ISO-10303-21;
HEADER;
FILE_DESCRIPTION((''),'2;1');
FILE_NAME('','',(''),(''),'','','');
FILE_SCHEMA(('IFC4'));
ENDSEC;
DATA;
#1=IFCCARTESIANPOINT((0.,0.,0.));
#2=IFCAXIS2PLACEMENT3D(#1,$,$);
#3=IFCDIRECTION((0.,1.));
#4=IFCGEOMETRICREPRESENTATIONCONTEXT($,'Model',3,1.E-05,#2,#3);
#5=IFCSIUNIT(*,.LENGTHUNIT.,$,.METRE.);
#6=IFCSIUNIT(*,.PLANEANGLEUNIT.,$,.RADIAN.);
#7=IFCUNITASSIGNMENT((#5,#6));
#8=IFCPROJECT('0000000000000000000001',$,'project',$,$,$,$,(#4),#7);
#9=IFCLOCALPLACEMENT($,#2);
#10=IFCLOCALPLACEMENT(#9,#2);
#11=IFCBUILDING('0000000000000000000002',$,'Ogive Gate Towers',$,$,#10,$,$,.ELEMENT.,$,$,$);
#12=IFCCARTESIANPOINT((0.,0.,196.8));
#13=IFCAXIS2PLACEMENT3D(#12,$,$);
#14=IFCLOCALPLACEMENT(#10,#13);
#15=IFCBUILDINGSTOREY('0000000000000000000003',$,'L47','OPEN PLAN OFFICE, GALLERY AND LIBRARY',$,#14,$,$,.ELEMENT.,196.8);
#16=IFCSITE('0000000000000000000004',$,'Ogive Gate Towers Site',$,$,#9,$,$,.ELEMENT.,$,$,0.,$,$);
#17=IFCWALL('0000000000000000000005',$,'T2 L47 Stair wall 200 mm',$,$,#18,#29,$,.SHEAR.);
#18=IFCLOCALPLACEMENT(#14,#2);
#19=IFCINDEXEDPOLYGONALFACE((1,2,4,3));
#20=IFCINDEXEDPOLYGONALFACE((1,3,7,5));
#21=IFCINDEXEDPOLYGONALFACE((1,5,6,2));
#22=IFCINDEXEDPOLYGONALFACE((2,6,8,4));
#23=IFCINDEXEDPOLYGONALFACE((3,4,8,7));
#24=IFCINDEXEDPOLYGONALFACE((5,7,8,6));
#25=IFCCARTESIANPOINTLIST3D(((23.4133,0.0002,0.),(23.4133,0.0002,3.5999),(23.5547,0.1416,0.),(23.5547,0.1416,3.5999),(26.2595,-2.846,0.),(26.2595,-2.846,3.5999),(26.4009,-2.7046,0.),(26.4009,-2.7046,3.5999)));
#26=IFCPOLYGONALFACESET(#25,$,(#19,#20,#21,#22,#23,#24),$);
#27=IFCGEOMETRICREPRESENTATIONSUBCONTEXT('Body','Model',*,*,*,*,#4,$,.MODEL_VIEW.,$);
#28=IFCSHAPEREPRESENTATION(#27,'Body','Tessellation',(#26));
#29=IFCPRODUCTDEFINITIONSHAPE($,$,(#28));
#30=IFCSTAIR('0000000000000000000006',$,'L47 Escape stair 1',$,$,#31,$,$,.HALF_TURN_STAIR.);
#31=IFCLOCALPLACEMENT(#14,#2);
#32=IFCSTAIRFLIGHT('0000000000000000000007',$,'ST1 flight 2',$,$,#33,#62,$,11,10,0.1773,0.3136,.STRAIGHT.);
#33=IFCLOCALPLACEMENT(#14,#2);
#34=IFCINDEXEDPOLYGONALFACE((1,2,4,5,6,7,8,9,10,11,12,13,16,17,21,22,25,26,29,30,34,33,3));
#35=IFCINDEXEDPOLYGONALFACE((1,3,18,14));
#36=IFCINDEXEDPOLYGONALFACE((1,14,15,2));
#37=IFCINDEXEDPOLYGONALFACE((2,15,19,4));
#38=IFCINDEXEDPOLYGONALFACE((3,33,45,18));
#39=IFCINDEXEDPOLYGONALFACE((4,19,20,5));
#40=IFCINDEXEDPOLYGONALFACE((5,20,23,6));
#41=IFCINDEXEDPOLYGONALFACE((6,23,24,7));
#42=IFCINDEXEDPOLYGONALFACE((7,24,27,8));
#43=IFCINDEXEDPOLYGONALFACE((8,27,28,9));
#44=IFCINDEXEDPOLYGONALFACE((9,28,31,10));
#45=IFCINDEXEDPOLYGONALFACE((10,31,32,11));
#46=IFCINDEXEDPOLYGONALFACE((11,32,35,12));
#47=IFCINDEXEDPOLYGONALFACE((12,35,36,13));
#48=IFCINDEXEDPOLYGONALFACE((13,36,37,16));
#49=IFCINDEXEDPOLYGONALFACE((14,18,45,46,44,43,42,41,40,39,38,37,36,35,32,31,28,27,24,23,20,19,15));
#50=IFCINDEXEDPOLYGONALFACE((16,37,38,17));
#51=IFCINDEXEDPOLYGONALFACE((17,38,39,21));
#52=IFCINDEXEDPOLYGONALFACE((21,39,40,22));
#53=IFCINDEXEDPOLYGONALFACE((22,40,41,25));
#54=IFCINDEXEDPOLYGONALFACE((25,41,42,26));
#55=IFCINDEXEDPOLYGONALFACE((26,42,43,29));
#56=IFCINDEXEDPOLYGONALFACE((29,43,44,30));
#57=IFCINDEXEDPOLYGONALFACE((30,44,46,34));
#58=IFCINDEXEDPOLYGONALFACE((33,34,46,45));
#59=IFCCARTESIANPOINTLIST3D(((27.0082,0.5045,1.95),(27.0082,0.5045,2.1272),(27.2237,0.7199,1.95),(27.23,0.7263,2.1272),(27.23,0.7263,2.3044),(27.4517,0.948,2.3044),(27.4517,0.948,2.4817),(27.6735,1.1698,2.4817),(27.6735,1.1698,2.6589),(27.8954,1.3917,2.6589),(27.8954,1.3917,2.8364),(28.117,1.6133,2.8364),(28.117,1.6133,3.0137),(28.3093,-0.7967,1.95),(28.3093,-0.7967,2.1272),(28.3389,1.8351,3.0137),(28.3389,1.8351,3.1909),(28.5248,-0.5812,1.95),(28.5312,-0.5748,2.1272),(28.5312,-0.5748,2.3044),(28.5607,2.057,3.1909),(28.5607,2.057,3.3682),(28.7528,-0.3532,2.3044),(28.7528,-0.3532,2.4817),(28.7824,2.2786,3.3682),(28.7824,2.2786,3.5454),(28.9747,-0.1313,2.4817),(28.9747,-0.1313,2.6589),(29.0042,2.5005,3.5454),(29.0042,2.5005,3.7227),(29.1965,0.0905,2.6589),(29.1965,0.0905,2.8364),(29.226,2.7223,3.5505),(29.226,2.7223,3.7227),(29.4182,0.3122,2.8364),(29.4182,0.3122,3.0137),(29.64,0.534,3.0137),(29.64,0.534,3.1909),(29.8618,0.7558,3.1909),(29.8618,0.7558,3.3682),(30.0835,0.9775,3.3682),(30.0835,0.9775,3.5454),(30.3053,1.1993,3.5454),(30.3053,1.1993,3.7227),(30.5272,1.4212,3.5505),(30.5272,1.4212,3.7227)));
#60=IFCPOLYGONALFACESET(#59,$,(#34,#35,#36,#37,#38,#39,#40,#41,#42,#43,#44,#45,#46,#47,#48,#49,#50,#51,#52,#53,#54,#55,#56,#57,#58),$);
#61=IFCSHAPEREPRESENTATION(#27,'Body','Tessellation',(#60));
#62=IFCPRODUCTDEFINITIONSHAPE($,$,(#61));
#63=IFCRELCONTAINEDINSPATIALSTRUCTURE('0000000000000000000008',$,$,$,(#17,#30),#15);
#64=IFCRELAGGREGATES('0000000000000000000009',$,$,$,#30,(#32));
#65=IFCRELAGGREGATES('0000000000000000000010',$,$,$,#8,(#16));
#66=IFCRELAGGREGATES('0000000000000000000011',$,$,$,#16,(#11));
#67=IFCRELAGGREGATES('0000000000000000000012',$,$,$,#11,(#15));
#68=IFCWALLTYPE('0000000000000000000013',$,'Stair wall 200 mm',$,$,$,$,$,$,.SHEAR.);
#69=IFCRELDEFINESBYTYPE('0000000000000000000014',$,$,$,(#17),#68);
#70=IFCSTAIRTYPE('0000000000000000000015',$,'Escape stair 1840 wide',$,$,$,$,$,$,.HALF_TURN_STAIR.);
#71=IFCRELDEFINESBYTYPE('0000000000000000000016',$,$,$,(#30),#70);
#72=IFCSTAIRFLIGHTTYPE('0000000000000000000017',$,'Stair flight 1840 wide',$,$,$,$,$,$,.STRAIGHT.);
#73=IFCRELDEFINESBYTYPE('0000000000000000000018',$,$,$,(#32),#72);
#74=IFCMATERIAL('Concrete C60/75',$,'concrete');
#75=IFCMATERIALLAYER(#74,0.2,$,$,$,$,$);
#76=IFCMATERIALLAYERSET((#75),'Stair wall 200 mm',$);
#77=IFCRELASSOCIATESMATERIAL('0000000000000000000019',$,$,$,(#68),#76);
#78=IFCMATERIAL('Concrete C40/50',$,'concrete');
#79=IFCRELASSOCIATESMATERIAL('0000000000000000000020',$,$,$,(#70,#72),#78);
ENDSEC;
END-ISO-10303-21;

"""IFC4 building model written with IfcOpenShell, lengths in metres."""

from ifc_helpers import new_model, si_unit, direction, frame, frame_2d, origin, place, context, subcontext, project, spatial, polyline, rectangle, outline, extrude, material, layer, layer_set, type_object, element, aggregate, save


model = new_model("IFC4")

# Units and contexts
model_context = context("Model", 3, precision=1e-05, world=origin(), true_north=direction((0.0, 1.0)))
body_context = subcontext(model_context, "Body", "Model", "MODEL_VIEW")
ifc_project = project(units=[si_unit("LENGTHUNIT", "METRE"), si_unit("PLANEANGLEUNIT", "RADIAN")], contexts=[model_context])

# Site, building, storey
site_placement = place(None, origin())
site = spatial("IfcSite", under=ifc_project, at=site_placement, Name="Ogive Gate Towers Site", CompositionType="ELEMENT", RefElevation=0.0)
building_placement = place(site_placement, origin())
building = spatial("IfcBuilding", under=site, at=building_placement, Name="Ogive Gate Towers", CompositionType="ELEMENT")
storey_placement = place(building_placement, frame((0.0, 0.0, 196.8)))
storey = spatial("IfcBuildingStorey", under=building, at=storey_placement, Name="L47", Description="OPEN PLAN OFFICE, GALLERY AND LIBRARY", CompositionType="ELEMENT", Elevation=196.8)

# Shared definitions
ifc_material_1 = material(Name="Concrete C60/75", Category="concrete")

# Wall
ifc_layer_1 = layer(ifc_material_1, 0.2)
ifc_layer_set_1 = layer_set([ifc_layer_1], Name="Stair wall 200 mm")
wall_type_1 = type_object("IfcWallType", Name="Stair wall 200 mm", PredefinedType="SHEAR", material=ifc_layer_set_1)
wall_1_placement = place(storey_placement, frame((26.3303, -2.7754, 0.0), z_axis=(0.0, 0.0, 1.0), x_axis=(-0.707107, 0.707107, 0.0)))
element("IfcWall", 1, at=wall_1_placement, inside=storey, type_object=wall_type_1, Name="T2 L47 Stair wall 200 mm", PredefinedType="SHEAR", context=body_context, shape_type="SweptSolid", body=[
    extrude(rectangle(XDim=4.0251, YDim=0.2, at=frame_2d((2.0127, 0.0))), origin(), (0.0, 0.0, 1.0), 3.5999),
])

# Stair, stair flight
ifc_material_2 = material(Name="Concrete C40/50", Category="concrete")
stair_type = type_object("IfcStairType", Name="Escape stair 1840 wide", PredefinedType="HALF_TURN_STAIR", material=ifc_material_2)
stair_placement = place(storey_placement, origin())
stair = element("IfcStair", 2, at=stair_placement, inside=storey, type_object=stair_type, Name="L47 Escape stair 1", PredefinedType="HALF_TURN_STAIR")
stair_flight_type = type_object("IfcStairFlightType", Name="Stair flight 1840 wide", PredefinedType="STRAIGHT", material=ifc_material_2)
stair_flight_placement = place(storey_placement, frame((27.6587, -0.146, 1.95), z_axis=(0.0, 0.0, 1.0), x_axis=(0.707107, 0.707107, 0.0)))
stair_flight = element("IfcStairFlight", 3, at=stair_flight_placement, type_object=stair_flight_type, Name="ST1 flight 2", NumberOfRisers=11, NumberOfTreads=10, PredefinedType="STRAIGHT", RiserHeight=0.1773, TreadLength=0.3136, context=body_context, shape_type="SweptSolid", body=[
    extrude(outline(polyline([(0.0, 0.0), (0.0, 0.1772), (0.3137, 0.1772), (0.3137, 0.3545), (0.6272, 0.3545), (0.6272, 0.5317), (0.9409, 0.5317), (0.9409, 0.709), (1.2546, 0.709), (1.2546, 0.8865), (1.5681, 0.8865), (1.5681, 1.0637), (1.8818, 1.0637), (1.8818, 1.241), (2.1956, 1.241), (2.1956, 1.4182), (2.509, 1.4182), (2.509, 1.5955), (2.8228, 1.5955), (2.8228, 1.7727), (3.1365, 1.7727), (3.1365, 1.95), (3.1365, 1.6006), (0.3047, 0.0), (0.0, 0.0)])), frame((0.0, 0.9199, 0.0), z_axis=(0.0, -1.0, 0.0), x_axis=(1.0, 0.0, 0.0)), (0.0, 0.0, 1.0), 1.8401),
])
aggregate(stair, [stair_flight])

save(model, "model.ifc")
